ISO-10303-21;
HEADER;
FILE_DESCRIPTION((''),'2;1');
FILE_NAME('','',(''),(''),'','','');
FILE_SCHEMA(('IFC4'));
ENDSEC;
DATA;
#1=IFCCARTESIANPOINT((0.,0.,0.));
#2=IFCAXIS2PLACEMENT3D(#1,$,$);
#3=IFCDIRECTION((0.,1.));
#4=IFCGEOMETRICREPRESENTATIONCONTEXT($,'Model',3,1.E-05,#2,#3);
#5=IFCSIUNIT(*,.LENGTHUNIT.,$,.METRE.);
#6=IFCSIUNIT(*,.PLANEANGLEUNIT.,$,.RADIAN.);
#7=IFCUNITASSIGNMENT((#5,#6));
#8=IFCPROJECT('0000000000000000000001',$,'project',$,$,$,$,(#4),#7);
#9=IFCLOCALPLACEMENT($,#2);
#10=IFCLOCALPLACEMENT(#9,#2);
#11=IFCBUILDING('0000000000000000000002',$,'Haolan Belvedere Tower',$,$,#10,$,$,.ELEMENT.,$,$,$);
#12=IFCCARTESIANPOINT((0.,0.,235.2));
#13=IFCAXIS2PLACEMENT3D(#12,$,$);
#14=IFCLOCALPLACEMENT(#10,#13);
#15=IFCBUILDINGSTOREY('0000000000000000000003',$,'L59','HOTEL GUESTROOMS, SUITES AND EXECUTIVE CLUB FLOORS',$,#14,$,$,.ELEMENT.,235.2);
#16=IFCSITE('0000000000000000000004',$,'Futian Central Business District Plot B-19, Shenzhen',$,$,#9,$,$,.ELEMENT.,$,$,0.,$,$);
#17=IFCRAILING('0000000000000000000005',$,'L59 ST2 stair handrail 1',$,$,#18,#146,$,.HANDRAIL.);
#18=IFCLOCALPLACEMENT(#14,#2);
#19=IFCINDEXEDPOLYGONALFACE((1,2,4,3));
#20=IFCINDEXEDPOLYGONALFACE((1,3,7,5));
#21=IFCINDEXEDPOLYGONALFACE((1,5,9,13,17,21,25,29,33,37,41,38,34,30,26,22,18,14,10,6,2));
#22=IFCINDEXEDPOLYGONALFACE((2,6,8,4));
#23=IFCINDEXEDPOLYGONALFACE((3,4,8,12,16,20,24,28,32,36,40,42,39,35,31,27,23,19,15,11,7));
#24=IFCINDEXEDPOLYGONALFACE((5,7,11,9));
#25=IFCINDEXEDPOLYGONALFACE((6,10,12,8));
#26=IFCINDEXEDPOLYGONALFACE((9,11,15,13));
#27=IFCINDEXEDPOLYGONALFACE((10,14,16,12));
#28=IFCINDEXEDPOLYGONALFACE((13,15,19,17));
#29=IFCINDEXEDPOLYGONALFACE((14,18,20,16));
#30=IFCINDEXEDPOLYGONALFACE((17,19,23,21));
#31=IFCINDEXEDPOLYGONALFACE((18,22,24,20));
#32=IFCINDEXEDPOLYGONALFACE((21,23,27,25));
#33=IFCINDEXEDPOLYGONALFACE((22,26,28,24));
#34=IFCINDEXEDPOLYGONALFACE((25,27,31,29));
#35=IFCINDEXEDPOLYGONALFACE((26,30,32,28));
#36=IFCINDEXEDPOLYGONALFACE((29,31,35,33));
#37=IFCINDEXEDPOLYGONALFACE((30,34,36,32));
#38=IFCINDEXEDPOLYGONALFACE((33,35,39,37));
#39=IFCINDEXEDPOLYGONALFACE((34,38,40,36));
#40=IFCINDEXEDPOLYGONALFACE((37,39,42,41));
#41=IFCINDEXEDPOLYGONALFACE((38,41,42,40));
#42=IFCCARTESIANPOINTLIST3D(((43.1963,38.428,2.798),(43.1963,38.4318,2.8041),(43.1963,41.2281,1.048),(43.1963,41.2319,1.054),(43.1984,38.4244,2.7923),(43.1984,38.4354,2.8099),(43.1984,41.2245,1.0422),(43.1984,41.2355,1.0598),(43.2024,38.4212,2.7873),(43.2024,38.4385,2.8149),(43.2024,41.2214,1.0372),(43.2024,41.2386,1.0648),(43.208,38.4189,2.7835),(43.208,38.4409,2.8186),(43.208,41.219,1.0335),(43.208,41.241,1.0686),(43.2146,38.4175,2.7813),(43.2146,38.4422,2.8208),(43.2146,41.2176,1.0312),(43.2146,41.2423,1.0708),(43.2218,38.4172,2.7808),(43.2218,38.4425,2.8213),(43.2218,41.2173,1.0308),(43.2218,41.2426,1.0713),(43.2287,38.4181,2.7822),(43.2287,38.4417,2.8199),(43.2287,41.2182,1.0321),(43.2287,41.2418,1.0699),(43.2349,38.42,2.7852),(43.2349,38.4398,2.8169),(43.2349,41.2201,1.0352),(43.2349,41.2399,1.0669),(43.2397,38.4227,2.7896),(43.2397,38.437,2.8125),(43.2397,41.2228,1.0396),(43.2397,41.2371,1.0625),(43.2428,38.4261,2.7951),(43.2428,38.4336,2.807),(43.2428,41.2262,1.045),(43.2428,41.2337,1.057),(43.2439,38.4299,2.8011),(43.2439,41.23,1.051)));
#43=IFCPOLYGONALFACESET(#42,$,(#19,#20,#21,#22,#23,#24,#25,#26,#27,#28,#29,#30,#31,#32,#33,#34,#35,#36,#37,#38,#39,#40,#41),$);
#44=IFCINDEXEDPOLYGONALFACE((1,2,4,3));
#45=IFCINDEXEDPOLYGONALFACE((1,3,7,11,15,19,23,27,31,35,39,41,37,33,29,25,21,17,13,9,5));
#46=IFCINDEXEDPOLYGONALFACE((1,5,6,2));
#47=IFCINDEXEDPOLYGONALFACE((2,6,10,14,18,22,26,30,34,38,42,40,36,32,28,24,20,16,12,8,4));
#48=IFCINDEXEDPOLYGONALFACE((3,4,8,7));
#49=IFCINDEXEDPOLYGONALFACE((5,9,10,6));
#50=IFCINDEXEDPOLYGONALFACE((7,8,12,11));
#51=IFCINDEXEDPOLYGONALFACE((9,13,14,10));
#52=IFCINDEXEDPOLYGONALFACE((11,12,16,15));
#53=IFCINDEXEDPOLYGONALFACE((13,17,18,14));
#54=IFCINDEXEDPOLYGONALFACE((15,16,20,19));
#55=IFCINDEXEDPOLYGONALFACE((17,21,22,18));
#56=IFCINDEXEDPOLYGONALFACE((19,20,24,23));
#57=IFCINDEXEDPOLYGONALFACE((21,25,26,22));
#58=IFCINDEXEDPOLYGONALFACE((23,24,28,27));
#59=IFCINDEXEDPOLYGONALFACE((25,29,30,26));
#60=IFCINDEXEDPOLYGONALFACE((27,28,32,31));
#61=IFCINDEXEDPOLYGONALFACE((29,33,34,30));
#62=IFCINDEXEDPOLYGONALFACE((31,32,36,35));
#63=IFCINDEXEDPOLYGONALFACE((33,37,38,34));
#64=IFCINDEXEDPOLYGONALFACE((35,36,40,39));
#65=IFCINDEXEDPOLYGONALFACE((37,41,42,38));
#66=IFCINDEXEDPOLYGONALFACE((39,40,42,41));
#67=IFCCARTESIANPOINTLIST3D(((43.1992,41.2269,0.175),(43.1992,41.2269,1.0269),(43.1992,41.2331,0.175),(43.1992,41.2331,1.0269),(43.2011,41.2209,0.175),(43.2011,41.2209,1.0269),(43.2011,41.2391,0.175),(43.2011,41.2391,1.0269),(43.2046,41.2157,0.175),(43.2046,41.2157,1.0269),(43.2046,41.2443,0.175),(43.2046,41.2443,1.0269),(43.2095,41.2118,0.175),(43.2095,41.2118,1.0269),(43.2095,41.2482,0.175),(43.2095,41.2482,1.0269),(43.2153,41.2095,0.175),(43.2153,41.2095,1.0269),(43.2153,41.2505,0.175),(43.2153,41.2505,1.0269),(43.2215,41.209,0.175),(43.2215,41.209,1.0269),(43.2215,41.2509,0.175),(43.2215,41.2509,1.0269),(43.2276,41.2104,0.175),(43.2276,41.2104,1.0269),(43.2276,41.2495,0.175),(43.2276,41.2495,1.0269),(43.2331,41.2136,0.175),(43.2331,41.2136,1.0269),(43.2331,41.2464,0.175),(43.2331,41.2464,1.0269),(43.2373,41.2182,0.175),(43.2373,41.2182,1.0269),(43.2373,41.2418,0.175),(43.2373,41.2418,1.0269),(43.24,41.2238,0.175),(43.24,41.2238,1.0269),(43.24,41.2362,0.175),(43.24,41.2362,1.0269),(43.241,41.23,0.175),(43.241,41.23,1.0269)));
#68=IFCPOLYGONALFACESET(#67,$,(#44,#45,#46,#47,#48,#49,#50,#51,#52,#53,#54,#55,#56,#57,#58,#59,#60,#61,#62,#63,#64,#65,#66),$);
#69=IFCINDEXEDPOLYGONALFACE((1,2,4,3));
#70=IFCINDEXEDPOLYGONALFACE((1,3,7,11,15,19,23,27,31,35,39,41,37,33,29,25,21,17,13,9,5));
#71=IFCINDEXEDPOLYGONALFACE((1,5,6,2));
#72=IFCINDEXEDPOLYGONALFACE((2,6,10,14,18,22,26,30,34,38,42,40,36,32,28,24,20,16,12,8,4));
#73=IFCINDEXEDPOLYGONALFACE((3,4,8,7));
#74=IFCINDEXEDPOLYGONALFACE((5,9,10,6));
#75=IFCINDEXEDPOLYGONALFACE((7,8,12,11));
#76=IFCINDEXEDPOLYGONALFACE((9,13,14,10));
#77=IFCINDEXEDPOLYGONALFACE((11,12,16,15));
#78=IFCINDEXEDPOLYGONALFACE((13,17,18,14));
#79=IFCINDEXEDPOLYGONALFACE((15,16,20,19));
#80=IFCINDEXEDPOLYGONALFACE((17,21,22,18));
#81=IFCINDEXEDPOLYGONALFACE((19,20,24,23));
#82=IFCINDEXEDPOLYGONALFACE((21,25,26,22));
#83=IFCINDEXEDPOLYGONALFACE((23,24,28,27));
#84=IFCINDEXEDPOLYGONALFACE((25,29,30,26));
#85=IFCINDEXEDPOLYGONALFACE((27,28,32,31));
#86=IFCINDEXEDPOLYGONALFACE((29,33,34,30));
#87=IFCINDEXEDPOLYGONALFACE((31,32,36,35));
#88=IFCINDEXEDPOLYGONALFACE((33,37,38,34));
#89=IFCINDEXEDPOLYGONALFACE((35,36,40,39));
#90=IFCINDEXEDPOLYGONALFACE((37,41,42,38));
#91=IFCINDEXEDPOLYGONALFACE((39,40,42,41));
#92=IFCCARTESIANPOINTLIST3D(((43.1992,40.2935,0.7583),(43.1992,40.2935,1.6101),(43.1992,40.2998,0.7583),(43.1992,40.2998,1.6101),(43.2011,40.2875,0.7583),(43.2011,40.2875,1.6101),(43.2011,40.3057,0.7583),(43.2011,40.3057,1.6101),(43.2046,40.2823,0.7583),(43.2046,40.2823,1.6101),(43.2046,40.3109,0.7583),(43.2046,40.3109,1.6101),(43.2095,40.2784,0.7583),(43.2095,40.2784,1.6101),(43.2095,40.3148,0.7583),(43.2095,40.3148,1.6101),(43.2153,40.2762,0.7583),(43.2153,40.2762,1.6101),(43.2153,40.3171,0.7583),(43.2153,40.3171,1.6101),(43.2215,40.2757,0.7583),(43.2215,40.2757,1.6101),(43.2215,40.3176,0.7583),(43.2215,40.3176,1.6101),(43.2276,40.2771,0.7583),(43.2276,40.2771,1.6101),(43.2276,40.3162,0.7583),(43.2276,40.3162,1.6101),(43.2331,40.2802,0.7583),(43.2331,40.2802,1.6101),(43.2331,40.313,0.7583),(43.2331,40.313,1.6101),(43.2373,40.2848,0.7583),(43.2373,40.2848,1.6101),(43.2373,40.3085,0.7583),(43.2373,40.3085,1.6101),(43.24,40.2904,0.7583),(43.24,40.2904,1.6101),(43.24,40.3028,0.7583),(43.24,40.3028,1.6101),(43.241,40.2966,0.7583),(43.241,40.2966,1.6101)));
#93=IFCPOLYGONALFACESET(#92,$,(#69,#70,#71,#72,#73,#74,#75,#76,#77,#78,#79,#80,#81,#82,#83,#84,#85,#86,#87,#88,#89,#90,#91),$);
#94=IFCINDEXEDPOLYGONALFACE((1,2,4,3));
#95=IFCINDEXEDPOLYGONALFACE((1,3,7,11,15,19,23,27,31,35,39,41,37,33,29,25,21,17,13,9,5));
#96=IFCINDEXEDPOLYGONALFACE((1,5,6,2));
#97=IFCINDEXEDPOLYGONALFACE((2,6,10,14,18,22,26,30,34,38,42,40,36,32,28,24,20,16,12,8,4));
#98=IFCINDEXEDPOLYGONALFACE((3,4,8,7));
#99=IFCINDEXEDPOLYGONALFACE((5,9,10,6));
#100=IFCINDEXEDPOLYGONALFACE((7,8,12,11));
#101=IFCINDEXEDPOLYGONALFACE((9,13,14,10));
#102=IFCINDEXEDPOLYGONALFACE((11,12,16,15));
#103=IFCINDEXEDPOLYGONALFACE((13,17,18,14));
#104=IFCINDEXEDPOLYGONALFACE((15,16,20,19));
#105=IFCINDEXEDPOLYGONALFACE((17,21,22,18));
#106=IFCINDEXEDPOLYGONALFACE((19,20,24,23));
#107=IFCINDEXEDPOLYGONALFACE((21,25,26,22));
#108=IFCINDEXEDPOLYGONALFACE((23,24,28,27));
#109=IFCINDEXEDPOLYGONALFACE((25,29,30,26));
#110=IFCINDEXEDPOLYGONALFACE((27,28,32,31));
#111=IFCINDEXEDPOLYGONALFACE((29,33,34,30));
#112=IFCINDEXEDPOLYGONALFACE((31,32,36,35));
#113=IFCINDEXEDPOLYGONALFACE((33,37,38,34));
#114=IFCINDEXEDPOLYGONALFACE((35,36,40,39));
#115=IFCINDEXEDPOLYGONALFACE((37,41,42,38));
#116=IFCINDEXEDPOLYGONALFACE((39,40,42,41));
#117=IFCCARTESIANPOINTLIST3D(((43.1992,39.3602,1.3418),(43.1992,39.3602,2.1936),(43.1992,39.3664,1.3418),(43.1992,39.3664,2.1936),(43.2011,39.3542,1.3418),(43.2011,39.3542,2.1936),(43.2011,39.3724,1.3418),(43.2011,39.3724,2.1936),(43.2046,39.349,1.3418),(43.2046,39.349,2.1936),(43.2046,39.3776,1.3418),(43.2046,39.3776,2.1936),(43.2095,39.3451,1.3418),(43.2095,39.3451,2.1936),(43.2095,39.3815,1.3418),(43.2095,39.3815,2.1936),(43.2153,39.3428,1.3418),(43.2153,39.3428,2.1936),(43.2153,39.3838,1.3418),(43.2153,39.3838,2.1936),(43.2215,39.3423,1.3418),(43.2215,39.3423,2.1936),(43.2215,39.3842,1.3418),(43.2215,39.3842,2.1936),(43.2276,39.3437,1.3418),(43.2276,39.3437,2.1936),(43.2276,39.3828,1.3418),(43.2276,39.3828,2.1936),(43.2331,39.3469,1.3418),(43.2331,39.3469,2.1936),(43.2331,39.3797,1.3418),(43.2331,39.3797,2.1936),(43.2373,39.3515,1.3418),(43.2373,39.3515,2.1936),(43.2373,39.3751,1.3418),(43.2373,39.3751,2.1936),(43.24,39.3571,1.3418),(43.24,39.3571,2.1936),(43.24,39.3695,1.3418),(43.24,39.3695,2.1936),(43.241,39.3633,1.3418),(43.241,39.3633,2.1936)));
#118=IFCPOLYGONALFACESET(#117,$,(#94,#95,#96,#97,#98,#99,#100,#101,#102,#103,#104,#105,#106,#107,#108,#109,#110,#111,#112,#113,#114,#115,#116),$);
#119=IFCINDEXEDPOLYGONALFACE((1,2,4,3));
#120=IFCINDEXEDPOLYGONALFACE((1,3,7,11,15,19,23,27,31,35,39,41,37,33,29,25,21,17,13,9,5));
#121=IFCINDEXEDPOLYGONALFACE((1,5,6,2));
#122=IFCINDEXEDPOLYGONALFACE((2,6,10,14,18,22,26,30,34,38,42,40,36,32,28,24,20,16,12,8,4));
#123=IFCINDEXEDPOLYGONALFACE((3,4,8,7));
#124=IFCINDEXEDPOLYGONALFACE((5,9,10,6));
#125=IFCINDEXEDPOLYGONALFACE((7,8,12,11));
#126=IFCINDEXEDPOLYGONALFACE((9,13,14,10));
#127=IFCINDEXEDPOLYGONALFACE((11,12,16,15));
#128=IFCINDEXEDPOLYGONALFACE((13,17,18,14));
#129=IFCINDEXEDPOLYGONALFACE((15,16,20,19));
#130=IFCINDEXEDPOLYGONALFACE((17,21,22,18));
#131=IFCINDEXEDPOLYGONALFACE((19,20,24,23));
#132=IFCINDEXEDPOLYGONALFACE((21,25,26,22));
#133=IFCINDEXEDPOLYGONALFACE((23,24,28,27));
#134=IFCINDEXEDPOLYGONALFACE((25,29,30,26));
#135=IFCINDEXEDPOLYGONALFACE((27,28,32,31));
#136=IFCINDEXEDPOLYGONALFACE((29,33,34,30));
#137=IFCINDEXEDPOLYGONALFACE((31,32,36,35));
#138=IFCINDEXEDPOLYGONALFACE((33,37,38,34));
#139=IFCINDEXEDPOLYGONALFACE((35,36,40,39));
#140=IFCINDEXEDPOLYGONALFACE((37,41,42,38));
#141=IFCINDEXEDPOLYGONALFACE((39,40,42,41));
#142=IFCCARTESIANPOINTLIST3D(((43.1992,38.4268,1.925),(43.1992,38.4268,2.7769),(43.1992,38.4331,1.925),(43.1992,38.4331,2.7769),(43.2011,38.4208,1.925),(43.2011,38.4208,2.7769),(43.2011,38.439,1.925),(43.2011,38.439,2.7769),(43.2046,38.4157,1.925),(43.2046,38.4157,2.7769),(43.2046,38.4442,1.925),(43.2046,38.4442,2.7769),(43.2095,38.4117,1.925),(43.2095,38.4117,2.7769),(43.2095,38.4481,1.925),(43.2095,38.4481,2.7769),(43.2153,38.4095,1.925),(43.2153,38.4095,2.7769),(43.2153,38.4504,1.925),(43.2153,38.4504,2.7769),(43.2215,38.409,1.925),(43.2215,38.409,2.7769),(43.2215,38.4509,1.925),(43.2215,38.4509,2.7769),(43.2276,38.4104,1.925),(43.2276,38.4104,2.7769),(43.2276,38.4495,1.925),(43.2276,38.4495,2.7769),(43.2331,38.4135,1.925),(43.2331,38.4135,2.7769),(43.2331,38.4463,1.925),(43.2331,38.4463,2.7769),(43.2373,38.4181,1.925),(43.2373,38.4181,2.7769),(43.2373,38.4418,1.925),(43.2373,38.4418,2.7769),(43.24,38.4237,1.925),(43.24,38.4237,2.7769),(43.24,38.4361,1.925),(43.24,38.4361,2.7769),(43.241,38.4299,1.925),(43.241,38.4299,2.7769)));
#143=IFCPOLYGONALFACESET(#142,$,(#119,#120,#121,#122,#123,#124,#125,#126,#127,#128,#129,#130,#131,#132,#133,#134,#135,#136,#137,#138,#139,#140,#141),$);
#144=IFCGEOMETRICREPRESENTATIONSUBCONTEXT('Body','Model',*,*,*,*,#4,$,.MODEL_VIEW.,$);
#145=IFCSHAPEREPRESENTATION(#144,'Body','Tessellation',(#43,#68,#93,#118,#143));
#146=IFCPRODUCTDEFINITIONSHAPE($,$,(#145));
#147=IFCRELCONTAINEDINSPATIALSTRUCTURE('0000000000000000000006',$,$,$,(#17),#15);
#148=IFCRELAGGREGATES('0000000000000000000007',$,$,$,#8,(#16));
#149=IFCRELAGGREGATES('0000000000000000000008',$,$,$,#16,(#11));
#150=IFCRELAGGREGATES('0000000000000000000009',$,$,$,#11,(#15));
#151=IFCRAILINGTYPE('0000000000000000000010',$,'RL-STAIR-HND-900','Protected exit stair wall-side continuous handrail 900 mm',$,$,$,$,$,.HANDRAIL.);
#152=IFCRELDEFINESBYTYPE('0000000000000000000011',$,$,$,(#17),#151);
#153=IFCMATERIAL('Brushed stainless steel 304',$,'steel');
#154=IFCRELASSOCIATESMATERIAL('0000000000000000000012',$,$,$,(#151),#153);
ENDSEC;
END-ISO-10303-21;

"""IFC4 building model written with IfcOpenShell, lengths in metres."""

from ifc_helpers import new_model, si_unit, direction, frame, origin, origin_2d, place, context, subcontext, project, spatial, circle, extrude, material, type_object, element, save


model = new_model("IFC4")

# Units and contexts
model_context = context("Model", 3, precision=1e-05, world=origin(), true_north=direction((0.0, 1.0)))
body_context = subcontext(model_context, "Body", "Model", "MODEL_VIEW")
ifc_project = project(units=[si_unit("LENGTHUNIT", "METRE"), si_unit("PLANEANGLEUNIT", "RADIAN")], contexts=[model_context])

# Site, building, storey
site_placement = place(None, origin())
site = spatial("IfcSite", under=ifc_project, at=site_placement, Name="Futian Central Business District Plot B-19, Shenzhen", CompositionType="ELEMENT", RefElevation=0.0)
building_placement = place(site_placement, origin())
building = spatial("IfcBuilding", under=site, at=building_placement, Name="Haolan Belvedere Tower", CompositionType="ELEMENT")
storey_placement = place(building_placement, frame((0.0, 0.0, 235.2)))
storey = spatial("IfcBuildingStorey", under=building, at=storey_placement, Name="L59", Description="HOTEL GUESTROOMS, SUITES AND EXECUTIVE CLUB FLOORS", CompositionType="ELEMENT", Elevation=235.2)

# Railing
ifc_material_1 = material(Name="Brushed stainless steel 304", Category="steel")
railing_type_1 = type_object("IfcRailingType", Name="RL-STAIR-HND-900", Description="Protected exit stair wall-side continuous handrail 900 mm", PredefinedType="HANDRAIL", material=ifc_material_1)
for number, where, name in (
    (1, (43.22, 41.23, 0.175), "L59 ST2 stair handrail 1"),
):
    element("IfcRailing", number, at=place(storey_placement, frame(where)), inside=storey, type_object=railing_type_1, Name=name, PredefinedType="HANDRAIL", context=body_context, shape_type="SweptSolid", body=[
        extrude(circle(Radius=0.0239, at=origin_2d()), frame((0.0, 0.0, 0.876), z_axis=(0.0, -0.848002, 0.529992), x_axis=(1.0, 0.0, 0.0)), (0.0, 0.0, 1.0), 3.302),
        extrude(circle(Radius=0.021, at=origin_2d()), origin(), (0.0, 0.0, 1.0), 0.8518),
        extrude(circle(Radius=0.021, at=origin_2d()), frame((0.0, -0.9333, 0.5833)), (0.0, 0.0, 1.0), 0.8518),
        extrude(circle(Radius=0.021, at=origin_2d()), frame((0.0, -1.8667, 1.1667)), (0.0, 0.0, 1.0), 0.8518),
        extrude(circle(Radius=0.021, at=origin_2d()), frame((0.0, -2.8, 1.75)), (0.0, 0.0, 1.0), 0.8518),
    ])

save(model, "model.ifc")
